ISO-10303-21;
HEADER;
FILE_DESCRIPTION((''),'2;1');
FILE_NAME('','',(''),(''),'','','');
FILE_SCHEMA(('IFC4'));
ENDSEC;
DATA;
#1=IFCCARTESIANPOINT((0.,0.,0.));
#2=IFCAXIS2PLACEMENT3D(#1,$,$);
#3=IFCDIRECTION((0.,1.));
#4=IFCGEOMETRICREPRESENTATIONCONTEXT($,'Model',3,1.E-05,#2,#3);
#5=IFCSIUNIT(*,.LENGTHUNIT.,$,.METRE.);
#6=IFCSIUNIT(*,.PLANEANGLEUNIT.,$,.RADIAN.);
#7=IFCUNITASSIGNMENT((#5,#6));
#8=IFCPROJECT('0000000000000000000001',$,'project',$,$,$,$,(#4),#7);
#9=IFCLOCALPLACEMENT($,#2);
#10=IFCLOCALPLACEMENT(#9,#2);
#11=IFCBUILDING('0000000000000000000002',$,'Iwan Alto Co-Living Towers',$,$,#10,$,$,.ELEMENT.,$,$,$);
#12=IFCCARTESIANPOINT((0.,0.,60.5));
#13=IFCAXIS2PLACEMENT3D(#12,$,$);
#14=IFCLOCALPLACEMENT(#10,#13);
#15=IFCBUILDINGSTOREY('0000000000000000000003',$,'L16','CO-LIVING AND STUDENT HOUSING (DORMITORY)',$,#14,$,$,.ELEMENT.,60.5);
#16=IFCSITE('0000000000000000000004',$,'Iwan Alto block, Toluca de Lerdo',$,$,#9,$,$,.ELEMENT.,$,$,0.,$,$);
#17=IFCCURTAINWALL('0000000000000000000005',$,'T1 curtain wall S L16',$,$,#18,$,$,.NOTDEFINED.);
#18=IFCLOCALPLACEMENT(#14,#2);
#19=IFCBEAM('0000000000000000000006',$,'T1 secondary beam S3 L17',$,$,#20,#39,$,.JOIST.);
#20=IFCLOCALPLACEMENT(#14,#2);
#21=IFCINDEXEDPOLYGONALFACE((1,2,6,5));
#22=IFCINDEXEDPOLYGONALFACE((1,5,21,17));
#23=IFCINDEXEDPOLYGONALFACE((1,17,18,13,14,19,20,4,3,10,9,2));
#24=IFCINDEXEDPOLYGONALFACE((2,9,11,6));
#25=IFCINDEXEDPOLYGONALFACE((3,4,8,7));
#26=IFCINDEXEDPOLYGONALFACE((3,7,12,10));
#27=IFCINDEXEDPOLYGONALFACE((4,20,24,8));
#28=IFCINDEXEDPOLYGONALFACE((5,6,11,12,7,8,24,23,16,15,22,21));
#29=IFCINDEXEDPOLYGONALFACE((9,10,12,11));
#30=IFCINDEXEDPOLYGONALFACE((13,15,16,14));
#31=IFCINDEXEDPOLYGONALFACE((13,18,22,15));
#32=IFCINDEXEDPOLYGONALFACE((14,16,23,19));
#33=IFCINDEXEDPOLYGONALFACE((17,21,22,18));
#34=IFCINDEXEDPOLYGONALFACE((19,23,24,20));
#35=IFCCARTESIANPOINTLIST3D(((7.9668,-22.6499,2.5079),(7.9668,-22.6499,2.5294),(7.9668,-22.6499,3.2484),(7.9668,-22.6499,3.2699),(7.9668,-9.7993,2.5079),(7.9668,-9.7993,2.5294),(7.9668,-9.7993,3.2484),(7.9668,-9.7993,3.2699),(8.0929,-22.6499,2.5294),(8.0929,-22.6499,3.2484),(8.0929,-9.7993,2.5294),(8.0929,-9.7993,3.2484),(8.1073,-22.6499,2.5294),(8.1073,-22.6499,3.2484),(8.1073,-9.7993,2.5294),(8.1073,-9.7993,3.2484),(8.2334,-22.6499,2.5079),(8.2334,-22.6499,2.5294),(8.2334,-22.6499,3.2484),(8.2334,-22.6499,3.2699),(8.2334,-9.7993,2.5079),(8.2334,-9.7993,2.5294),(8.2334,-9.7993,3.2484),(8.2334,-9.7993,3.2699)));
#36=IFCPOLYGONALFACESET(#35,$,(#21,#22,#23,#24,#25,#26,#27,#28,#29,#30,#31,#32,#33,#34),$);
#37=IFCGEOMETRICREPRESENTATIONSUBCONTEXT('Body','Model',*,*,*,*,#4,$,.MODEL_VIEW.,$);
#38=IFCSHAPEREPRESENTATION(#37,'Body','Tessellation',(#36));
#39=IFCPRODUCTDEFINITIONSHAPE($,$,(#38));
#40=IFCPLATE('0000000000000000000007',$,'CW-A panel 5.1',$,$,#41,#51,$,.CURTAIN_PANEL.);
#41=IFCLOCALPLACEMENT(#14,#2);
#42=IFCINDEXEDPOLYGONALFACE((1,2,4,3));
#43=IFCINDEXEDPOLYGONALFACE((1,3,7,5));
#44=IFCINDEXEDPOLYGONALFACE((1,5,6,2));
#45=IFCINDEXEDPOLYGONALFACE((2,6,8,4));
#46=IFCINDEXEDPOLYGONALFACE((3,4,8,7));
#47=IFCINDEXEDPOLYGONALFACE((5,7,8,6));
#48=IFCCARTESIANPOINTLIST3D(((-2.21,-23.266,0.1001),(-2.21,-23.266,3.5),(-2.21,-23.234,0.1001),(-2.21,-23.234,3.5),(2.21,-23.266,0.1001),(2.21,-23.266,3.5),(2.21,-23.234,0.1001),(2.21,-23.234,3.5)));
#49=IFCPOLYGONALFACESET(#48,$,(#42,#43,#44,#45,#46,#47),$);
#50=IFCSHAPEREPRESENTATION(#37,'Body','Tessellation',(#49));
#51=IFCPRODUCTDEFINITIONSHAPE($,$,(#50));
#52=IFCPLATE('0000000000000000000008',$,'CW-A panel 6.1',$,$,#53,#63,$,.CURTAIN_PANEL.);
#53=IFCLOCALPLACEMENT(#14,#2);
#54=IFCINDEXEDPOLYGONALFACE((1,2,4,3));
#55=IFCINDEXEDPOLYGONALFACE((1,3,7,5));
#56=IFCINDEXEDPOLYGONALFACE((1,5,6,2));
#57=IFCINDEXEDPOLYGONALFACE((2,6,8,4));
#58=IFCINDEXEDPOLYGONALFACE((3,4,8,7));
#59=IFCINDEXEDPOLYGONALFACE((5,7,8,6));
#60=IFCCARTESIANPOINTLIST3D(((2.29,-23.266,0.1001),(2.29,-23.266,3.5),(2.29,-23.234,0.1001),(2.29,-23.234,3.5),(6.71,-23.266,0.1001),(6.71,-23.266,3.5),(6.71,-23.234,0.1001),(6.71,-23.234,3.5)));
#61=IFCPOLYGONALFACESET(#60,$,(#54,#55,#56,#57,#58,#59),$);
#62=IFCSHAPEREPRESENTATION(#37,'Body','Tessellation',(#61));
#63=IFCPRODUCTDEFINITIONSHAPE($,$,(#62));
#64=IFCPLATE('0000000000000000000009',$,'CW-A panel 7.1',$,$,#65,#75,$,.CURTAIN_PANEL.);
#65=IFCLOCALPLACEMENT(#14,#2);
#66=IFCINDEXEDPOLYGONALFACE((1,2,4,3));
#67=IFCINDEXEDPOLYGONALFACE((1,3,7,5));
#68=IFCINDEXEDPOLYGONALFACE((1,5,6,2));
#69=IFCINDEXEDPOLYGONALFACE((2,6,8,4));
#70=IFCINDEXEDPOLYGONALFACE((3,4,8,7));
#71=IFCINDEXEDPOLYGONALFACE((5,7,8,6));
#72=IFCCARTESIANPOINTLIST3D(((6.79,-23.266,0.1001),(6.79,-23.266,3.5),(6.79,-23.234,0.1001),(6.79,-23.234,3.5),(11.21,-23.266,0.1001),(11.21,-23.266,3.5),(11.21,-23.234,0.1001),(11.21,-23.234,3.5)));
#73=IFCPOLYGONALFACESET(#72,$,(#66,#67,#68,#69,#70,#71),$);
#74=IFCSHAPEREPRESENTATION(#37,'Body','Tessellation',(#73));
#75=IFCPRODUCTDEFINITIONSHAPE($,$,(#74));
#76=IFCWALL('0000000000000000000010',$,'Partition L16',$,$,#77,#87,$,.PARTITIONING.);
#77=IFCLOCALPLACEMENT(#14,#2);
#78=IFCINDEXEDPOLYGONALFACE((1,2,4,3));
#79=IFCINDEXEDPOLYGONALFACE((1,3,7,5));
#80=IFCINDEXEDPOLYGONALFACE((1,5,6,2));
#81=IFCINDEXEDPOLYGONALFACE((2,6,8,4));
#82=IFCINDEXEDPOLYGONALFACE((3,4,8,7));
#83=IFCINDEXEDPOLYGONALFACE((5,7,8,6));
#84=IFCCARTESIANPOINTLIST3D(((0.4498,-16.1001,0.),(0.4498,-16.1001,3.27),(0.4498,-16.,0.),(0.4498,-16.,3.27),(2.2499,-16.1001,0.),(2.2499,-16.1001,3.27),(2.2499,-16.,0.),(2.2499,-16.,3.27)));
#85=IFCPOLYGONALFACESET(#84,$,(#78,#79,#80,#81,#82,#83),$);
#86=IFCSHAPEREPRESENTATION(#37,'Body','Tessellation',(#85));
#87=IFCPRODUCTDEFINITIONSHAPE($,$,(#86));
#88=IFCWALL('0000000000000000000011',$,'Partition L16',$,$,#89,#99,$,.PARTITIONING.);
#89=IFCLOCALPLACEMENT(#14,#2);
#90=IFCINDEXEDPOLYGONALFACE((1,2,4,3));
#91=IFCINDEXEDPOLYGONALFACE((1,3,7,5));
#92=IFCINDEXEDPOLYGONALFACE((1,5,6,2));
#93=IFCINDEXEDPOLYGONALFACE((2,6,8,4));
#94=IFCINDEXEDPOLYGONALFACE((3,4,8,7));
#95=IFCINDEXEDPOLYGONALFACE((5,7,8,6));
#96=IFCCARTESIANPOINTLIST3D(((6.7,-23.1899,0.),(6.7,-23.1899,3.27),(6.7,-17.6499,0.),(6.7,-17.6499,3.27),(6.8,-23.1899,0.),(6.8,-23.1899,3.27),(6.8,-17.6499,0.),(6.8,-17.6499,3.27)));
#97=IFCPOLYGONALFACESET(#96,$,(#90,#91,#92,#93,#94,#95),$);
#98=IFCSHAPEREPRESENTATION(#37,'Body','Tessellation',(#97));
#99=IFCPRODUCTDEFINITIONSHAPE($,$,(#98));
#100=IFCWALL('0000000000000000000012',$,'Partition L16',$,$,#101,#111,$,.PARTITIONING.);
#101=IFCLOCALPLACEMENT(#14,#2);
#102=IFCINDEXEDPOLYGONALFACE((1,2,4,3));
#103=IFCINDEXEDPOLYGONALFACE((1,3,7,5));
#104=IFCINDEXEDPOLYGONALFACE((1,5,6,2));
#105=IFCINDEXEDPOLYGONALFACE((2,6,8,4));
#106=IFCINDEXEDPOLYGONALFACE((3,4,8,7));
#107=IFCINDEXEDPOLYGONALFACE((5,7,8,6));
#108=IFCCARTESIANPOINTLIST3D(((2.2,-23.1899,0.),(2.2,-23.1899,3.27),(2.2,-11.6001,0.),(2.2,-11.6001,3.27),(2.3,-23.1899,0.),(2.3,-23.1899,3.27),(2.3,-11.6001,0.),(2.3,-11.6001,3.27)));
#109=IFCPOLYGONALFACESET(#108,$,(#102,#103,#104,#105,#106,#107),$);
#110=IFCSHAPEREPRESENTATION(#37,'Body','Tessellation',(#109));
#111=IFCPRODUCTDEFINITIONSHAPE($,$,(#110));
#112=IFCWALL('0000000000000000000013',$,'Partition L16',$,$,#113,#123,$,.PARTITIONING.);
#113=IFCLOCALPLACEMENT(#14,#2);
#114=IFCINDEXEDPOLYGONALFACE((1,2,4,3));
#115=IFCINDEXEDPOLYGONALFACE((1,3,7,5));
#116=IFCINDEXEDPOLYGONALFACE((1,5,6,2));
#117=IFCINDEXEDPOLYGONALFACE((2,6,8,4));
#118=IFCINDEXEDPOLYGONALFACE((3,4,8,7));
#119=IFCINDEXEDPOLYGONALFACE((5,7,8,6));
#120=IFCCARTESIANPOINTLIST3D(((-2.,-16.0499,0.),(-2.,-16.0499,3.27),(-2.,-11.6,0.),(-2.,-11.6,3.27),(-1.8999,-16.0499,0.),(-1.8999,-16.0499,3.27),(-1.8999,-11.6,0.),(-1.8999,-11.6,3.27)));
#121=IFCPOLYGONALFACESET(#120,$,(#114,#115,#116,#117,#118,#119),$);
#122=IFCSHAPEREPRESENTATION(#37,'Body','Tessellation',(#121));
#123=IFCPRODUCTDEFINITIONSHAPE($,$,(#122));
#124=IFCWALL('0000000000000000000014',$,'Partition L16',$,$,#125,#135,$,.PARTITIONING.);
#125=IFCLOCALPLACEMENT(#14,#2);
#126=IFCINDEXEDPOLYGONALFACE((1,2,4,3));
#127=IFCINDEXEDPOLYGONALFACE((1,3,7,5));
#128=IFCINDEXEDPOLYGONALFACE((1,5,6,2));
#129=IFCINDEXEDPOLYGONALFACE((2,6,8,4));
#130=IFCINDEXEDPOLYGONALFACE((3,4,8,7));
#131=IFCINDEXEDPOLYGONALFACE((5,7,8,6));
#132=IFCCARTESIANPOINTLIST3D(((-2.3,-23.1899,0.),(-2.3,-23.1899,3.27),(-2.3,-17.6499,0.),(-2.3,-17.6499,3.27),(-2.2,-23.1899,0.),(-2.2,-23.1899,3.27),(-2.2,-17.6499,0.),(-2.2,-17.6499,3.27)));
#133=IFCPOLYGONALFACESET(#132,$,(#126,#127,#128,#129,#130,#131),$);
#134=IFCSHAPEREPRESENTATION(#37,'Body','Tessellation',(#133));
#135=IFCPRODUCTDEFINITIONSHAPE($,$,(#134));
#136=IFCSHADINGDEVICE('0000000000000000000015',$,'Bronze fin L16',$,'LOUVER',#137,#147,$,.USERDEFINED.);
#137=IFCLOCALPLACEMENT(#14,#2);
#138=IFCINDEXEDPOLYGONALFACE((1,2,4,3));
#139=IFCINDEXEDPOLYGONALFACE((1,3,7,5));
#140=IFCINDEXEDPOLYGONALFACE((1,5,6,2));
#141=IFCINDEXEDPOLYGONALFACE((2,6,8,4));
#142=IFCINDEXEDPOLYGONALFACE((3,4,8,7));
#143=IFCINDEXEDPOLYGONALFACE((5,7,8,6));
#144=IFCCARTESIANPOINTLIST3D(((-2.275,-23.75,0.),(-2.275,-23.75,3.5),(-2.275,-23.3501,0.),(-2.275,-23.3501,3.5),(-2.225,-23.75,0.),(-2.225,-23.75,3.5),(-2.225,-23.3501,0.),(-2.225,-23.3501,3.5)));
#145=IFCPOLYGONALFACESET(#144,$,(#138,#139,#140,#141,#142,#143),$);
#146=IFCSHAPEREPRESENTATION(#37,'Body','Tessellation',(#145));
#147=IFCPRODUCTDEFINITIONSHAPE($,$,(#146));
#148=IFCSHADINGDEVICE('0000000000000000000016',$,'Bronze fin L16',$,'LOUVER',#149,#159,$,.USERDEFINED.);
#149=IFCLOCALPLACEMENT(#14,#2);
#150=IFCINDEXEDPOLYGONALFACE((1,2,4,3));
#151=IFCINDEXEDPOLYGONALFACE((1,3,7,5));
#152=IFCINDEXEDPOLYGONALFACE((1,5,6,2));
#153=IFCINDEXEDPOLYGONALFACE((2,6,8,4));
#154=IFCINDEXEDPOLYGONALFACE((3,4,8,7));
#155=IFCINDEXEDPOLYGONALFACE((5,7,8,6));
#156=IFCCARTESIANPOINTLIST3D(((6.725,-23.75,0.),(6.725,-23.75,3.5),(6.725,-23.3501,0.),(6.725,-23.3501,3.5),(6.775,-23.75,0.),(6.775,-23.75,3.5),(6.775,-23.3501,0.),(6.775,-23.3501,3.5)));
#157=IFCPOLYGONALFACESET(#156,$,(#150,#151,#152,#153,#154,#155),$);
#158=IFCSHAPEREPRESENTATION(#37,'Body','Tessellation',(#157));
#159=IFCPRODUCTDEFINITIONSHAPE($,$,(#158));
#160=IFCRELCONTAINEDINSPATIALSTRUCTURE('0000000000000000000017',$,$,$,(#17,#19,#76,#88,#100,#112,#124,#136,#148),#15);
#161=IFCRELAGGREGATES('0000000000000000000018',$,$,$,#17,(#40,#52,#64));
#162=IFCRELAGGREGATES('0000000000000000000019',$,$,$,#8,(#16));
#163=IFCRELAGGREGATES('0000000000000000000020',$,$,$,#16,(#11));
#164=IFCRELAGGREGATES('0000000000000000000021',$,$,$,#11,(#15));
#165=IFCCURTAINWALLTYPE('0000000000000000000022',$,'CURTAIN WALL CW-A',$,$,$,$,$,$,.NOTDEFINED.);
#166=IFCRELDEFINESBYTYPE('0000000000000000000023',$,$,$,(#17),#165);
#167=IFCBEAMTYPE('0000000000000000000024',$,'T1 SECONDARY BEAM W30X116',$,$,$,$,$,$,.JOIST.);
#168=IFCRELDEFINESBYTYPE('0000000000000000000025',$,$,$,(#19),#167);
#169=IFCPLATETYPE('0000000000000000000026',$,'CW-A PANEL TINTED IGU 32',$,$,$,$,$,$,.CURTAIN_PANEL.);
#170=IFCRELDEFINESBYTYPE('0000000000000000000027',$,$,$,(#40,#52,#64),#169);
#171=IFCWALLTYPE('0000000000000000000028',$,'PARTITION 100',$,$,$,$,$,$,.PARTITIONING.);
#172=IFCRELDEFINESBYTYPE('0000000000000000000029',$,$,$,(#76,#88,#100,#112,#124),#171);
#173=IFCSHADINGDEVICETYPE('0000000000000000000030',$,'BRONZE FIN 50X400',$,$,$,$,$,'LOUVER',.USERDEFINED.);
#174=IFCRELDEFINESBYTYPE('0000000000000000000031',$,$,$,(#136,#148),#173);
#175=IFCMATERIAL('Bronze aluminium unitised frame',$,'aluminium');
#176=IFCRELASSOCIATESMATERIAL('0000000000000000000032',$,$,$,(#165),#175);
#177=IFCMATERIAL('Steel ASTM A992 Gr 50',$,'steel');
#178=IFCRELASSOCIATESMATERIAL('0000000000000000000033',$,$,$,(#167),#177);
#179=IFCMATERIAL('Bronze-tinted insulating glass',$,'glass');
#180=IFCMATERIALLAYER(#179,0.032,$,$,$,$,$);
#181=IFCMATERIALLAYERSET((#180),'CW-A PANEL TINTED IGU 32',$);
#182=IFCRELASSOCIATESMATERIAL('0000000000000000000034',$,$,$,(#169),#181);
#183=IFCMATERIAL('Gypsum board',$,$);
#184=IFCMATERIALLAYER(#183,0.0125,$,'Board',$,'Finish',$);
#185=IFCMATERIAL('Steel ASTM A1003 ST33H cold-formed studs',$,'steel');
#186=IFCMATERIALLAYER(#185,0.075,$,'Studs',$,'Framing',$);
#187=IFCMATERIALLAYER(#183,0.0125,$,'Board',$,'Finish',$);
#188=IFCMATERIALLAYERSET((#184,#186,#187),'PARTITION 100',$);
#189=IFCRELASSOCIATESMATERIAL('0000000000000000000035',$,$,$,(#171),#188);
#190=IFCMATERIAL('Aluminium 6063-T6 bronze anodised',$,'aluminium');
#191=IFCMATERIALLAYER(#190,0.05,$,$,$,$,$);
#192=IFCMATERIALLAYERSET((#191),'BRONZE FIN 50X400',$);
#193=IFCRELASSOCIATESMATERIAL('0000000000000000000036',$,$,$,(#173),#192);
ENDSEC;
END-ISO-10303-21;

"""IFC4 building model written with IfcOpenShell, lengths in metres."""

from ifc_helpers import new_model, si_unit, direction, frame, frame_2d, origin, origin_2d, place, context, subcontext, project, spatial, rectangle, i_section, extrude, material, layer, layer_set, material_profile, profile_set, type_object, element, aggregate, save


model = new_model("IFC4")

# Units and contexts
model_context = context("Model", 3, precision=1e-05, world=origin(), true_north=direction((0.0, 1.0)))
body_context = subcontext(model_context, "Body", "Model", "MODEL_VIEW")
ifc_project = project(units=[si_unit("LENGTHUNIT", "METRE"), si_unit("PLANEANGLEUNIT", "RADIAN")], contexts=[model_context])

# Site, building, storey
site_placement = place(None, origin())
site = spatial("IfcSite", under=ifc_project, at=site_placement, Name="Iwan Alto block, Toluca de Lerdo", CompositionType="ELEMENT", RefElevation=0.0)
building_placement = place(site_placement, origin())
building = spatial("IfcBuilding", under=site, at=building_placement, Name="Iwan Alto Co-Living Towers", CompositionType="ELEMENT")
storey_placement = place(building_placement, frame((0.0, 0.0, 60.5)))
storey = spatial("IfcBuildingStorey", under=building, at=storey_placement, Name="L16", Description="CO-LIVING AND STUDENT HOUSING (DORMITORY)", CompositionType="ELEMENT", Elevation=60.5)

# Curtain wall
ifc_material_1 = material(Name="Bronze aluminium unitised frame", Category="aluminium")
curtain_wall_type = type_object("IfcCurtainWallType", Name="CURTAIN WALL CW-A", PredefinedType="NOTDEFINED", material=ifc_material_1)
curtain_wall_placement = place(storey_placement, origin())
curtain_wall = element("IfcCurtainWall", 1, at=curtain_wall_placement, inside=storey, type_object=curtain_wall_type, Name="T1 curtain wall S L16", PredefinedType="NOTDEFINED")

# Beam
ifc_material_2 = material(Name="Steel ASTM A992 Gr 50", Category="steel")
ifc_material_profile_1 = material_profile(ifc_material_2, i_section(OverallWidth=0.2666, OverallDepth=0.762, WebThickness=0.0144, FlangeThickness=0.0215, at=origin_2d()), Name="W30X116")
ifc_profile_set_1 = profile_set([ifc_material_profile_1], Name="Steel ASTM A992 Gr 50")
beam_type_1 = type_object("IfcBeamType", Name="T1 SECONDARY BEAM W30X116", PredefinedType="JOIST", material=ifc_profile_set_1)
for number, where, z_axis, x_axis, name in (
    (2, (8.1001, -22.6499, 2.8889), (0.0, 1.0, 0.0), (-1.0, 0.0, 0.0), "T1 secondary beam S3 L17"),
):
    element("IfcBeam", number, at=place(storey_placement, frame(where, z_axis=z_axis, x_axis=x_axis)), inside=storey, type_object=beam_type_1, Name=name, PredefinedType="JOIST", context=body_context, shape_type="SweptSolid", body=[
        extrude(i_section(OverallWidth=0.2666, OverallDepth=0.762, WebThickness=0.0144, FlangeThickness=0.0215, at=origin_2d()), origin(), (0.0, 0.0, 1.0), 12.8506),
    ])

# Plates
ifc_material_3 = material(Name="Bronze-tinted insulating glass", Category="glass")
ifc_layer_1 = layer(ifc_material_3, 0.032)
ifc_layer_set_1 = layer_set([ifc_layer_1], Name="CW-A PANEL TINTED IGU 32")
plate_type = type_object("IfcPlateType", Name="CW-A PANEL TINTED IGU 32", PredefinedType="CURTAIN_PANEL", material=ifc_layer_set_1)
plate_1_placement = place(storey_placement, frame((0.0, -23.25, 0.1001), z_axis=(0.0, 0.0, 1.0), x_axis=(1.0, 0.0, 0.0)))
plate_1 = element("IfcPlate", 3, at=plate_1_placement, type_object=plate_type, Name="CW-A panel 5.1", PredefinedType="CURTAIN_PANEL", context=body_context, shape_type="SweptSolid", body=[
    extrude(rectangle(XDim=4.4199, YDim=0.032, at=origin_2d()), origin(), (0.0, 0.0, 1.0), 3.3999),
])
plate_2_placement = place(storey_placement, frame((4.5, -23.25, 0.1001), z_axis=(0.0, 0.0, 1.0), x_axis=(1.0, 0.0, 0.0)))
plate_2 = element("IfcPlate", 4, at=plate_2_placement, type_object=plate_type, Name="CW-A panel 6.1", PredefinedType="CURTAIN_PANEL", context=body_context, shape_type="SweptSolid", body=[
    extrude(rectangle(XDim=4.4199, YDim=0.032, at=origin_2d()), origin(), (0.0, 0.0, 1.0), 3.3999),
])
plate_3_placement = place(storey_placement, frame((9.0, -23.25, 0.1001), z_axis=(0.0, 0.0, 1.0), x_axis=(1.0, 0.0, 0.0)))
plate_3 = element("IfcPlate", 5, at=plate_3_placement, type_object=plate_type, Name="CW-A panel 7.1", PredefinedType="CURTAIN_PANEL", context=body_context, shape_type="SweptSolid", body=[
    extrude(rectangle(XDim=4.4199, YDim=0.032, at=origin_2d()), origin(), (0.0, 0.0, 1.0), 3.3999),
])
aggregate(curtain_wall, [plate_1, plate_2, plate_3])

# Walls
ifc_material_4 = material(Name="Gypsum board")
ifc_layer_2 = layer(ifc_material_4, 0.0125, Name="Board", Category="Finish")
ifc_material_5 = material(Name="Steel ASTM A1003 ST33H cold-formed studs", Category="steel")
ifc_layer_3 = layer(ifc_material_5, 0.075, Name="Studs", Category="Framing")
ifc_layer_4 = layer(ifc_material_4, 0.0125, Name="Board", Category="Finish")
ifc_layer_set_2 = layer_set([ifc_layer_2, ifc_layer_3, ifc_layer_4], Name="PARTITION 100")
wall_type = type_object("IfcWallType", Name="PARTITION 100", PredefinedType="PARTITIONING", material=ifc_layer_set_2)
wall_1_placement = place(storey_placement, frame((0.45, -16.05, 0.0), z_axis=(0.0, 0.0, 1.0), x_axis=(1.0, 0.0, 0.0)))
element("IfcWall", 6, at=wall_1_placement, inside=storey, type_object=wall_type, Name="Partition L16", PredefinedType="PARTITIONING", context=body_context, shape_type="SweptSolid", body=[
    extrude(rectangle(XDim=1.8, YDim=0.1001, at=frame_2d((0.8999, 0.0))), origin(), (0.0, 0.0, 1.0), 3.27),
])
wall_2_placement = place(storey_placement, frame((6.75, -23.1899, 0.0), z_axis=(0.0, 0.0, 1.0), x_axis=(0.0, 1.0, 0.0)))
element("IfcWall", 7, at=wall_2_placement, inside=storey, type_object=wall_type, Name="Partition L16", PredefinedType="PARTITIONING", context=body_context, shape_type="SweptSolid", body=[
    extrude(rectangle(XDim=5.54, YDim=0.1001, at=frame_2d((2.77, 0.0))), origin(), (0.0, 0.0, 1.0), 3.27),
])
wall_3_placement = place(storey_placement, frame((2.25, -23.1899, 0.0), z_axis=(0.0, 0.0, 1.0), x_axis=(0.0, 1.0, 0.0)))
element("IfcWall", 8, at=wall_3_placement, inside=storey, type_object=wall_type, Name="Partition L16", PredefinedType="PARTITIONING", context=body_context, shape_type="SweptSolid", body=[
    extrude(rectangle(XDim=11.5898, YDim=0.1001, at=frame_2d((5.7949, 0.0))), origin(), (0.0, 0.0, 1.0), 3.27),
])
wall_4_placement = place(storey_placement, frame((-1.95, -16.05, 0.0), z_axis=(0.0, 0.0, 1.0), x_axis=(0.0, 1.0, 0.0)))
element("IfcWall", 9, at=wall_4_placement, inside=storey, type_object=wall_type, Name="Partition L16", PredefinedType="PARTITIONING", context=body_context, shape_type="SweptSolid", body=[
    extrude(rectangle(XDim=4.45, YDim=0.1001, at=frame_2d((2.2251, 0.0))), origin(), (0.0, 0.0, 1.0), 3.27),
])
wall_5_placement = place(storey_placement, frame((-2.25, -23.1899, 0.0), z_axis=(0.0, 0.0, 1.0), x_axis=(0.0, 1.0, 0.0)))
element("IfcWall", 10, at=wall_5_placement, inside=storey, type_object=wall_type, Name="Partition L16", PredefinedType="PARTITIONING", context=body_context, shape_type="SweptSolid", body=[
    extrude(rectangle(XDim=5.54, YDim=0.1001, at=frame_2d((2.77, 0.0))), origin(), (0.0, 0.0, 1.0), 3.27),
])

# Shading devices
ifc_material_6 = material(Name="Aluminium 6063-T6 bronze anodised", Category="aluminium")
ifc_layer_5 = layer(ifc_material_6, 0.05)
ifc_layer_set_3 = layer_set([ifc_layer_5], Name="BRONZE FIN 50X400")
shading_device_type = type_object("IfcShadingDeviceType", Name="BRONZE FIN 50X400", ElementType="LOUVER", PredefinedType="USERDEFINED", material=ifc_layer_set_3)
for number, where, z_axis, x_axis, name in (
    (11, (-2.25, -23.55, 0.0), (0.0, 0.0, 1.0), (1.0, 0.0, 0.0), "Bronze fin L16"),
    (12, (6.75, -23.55, 0.0), (0.0, 0.0, 1.0), (1.0, 0.0, 0.0), "Bronze fin L16"),
):
    element("IfcShadingDevice", number, at=place(storey_placement, frame(where, z_axis=z_axis, x_axis=x_axis)), inside=storey, type_object=shading_device_type, Name=name, ObjectType="LOUVER", PredefinedType="USERDEFINED", context=body_context, shape_type="SweptSolid", body=[
        extrude(rectangle(XDim=0.05, YDim=0.3999, at=origin_2d()), origin(), (0.0, 0.0, 1.0), 3.5),
    ])

save(model, "model.ifc")
